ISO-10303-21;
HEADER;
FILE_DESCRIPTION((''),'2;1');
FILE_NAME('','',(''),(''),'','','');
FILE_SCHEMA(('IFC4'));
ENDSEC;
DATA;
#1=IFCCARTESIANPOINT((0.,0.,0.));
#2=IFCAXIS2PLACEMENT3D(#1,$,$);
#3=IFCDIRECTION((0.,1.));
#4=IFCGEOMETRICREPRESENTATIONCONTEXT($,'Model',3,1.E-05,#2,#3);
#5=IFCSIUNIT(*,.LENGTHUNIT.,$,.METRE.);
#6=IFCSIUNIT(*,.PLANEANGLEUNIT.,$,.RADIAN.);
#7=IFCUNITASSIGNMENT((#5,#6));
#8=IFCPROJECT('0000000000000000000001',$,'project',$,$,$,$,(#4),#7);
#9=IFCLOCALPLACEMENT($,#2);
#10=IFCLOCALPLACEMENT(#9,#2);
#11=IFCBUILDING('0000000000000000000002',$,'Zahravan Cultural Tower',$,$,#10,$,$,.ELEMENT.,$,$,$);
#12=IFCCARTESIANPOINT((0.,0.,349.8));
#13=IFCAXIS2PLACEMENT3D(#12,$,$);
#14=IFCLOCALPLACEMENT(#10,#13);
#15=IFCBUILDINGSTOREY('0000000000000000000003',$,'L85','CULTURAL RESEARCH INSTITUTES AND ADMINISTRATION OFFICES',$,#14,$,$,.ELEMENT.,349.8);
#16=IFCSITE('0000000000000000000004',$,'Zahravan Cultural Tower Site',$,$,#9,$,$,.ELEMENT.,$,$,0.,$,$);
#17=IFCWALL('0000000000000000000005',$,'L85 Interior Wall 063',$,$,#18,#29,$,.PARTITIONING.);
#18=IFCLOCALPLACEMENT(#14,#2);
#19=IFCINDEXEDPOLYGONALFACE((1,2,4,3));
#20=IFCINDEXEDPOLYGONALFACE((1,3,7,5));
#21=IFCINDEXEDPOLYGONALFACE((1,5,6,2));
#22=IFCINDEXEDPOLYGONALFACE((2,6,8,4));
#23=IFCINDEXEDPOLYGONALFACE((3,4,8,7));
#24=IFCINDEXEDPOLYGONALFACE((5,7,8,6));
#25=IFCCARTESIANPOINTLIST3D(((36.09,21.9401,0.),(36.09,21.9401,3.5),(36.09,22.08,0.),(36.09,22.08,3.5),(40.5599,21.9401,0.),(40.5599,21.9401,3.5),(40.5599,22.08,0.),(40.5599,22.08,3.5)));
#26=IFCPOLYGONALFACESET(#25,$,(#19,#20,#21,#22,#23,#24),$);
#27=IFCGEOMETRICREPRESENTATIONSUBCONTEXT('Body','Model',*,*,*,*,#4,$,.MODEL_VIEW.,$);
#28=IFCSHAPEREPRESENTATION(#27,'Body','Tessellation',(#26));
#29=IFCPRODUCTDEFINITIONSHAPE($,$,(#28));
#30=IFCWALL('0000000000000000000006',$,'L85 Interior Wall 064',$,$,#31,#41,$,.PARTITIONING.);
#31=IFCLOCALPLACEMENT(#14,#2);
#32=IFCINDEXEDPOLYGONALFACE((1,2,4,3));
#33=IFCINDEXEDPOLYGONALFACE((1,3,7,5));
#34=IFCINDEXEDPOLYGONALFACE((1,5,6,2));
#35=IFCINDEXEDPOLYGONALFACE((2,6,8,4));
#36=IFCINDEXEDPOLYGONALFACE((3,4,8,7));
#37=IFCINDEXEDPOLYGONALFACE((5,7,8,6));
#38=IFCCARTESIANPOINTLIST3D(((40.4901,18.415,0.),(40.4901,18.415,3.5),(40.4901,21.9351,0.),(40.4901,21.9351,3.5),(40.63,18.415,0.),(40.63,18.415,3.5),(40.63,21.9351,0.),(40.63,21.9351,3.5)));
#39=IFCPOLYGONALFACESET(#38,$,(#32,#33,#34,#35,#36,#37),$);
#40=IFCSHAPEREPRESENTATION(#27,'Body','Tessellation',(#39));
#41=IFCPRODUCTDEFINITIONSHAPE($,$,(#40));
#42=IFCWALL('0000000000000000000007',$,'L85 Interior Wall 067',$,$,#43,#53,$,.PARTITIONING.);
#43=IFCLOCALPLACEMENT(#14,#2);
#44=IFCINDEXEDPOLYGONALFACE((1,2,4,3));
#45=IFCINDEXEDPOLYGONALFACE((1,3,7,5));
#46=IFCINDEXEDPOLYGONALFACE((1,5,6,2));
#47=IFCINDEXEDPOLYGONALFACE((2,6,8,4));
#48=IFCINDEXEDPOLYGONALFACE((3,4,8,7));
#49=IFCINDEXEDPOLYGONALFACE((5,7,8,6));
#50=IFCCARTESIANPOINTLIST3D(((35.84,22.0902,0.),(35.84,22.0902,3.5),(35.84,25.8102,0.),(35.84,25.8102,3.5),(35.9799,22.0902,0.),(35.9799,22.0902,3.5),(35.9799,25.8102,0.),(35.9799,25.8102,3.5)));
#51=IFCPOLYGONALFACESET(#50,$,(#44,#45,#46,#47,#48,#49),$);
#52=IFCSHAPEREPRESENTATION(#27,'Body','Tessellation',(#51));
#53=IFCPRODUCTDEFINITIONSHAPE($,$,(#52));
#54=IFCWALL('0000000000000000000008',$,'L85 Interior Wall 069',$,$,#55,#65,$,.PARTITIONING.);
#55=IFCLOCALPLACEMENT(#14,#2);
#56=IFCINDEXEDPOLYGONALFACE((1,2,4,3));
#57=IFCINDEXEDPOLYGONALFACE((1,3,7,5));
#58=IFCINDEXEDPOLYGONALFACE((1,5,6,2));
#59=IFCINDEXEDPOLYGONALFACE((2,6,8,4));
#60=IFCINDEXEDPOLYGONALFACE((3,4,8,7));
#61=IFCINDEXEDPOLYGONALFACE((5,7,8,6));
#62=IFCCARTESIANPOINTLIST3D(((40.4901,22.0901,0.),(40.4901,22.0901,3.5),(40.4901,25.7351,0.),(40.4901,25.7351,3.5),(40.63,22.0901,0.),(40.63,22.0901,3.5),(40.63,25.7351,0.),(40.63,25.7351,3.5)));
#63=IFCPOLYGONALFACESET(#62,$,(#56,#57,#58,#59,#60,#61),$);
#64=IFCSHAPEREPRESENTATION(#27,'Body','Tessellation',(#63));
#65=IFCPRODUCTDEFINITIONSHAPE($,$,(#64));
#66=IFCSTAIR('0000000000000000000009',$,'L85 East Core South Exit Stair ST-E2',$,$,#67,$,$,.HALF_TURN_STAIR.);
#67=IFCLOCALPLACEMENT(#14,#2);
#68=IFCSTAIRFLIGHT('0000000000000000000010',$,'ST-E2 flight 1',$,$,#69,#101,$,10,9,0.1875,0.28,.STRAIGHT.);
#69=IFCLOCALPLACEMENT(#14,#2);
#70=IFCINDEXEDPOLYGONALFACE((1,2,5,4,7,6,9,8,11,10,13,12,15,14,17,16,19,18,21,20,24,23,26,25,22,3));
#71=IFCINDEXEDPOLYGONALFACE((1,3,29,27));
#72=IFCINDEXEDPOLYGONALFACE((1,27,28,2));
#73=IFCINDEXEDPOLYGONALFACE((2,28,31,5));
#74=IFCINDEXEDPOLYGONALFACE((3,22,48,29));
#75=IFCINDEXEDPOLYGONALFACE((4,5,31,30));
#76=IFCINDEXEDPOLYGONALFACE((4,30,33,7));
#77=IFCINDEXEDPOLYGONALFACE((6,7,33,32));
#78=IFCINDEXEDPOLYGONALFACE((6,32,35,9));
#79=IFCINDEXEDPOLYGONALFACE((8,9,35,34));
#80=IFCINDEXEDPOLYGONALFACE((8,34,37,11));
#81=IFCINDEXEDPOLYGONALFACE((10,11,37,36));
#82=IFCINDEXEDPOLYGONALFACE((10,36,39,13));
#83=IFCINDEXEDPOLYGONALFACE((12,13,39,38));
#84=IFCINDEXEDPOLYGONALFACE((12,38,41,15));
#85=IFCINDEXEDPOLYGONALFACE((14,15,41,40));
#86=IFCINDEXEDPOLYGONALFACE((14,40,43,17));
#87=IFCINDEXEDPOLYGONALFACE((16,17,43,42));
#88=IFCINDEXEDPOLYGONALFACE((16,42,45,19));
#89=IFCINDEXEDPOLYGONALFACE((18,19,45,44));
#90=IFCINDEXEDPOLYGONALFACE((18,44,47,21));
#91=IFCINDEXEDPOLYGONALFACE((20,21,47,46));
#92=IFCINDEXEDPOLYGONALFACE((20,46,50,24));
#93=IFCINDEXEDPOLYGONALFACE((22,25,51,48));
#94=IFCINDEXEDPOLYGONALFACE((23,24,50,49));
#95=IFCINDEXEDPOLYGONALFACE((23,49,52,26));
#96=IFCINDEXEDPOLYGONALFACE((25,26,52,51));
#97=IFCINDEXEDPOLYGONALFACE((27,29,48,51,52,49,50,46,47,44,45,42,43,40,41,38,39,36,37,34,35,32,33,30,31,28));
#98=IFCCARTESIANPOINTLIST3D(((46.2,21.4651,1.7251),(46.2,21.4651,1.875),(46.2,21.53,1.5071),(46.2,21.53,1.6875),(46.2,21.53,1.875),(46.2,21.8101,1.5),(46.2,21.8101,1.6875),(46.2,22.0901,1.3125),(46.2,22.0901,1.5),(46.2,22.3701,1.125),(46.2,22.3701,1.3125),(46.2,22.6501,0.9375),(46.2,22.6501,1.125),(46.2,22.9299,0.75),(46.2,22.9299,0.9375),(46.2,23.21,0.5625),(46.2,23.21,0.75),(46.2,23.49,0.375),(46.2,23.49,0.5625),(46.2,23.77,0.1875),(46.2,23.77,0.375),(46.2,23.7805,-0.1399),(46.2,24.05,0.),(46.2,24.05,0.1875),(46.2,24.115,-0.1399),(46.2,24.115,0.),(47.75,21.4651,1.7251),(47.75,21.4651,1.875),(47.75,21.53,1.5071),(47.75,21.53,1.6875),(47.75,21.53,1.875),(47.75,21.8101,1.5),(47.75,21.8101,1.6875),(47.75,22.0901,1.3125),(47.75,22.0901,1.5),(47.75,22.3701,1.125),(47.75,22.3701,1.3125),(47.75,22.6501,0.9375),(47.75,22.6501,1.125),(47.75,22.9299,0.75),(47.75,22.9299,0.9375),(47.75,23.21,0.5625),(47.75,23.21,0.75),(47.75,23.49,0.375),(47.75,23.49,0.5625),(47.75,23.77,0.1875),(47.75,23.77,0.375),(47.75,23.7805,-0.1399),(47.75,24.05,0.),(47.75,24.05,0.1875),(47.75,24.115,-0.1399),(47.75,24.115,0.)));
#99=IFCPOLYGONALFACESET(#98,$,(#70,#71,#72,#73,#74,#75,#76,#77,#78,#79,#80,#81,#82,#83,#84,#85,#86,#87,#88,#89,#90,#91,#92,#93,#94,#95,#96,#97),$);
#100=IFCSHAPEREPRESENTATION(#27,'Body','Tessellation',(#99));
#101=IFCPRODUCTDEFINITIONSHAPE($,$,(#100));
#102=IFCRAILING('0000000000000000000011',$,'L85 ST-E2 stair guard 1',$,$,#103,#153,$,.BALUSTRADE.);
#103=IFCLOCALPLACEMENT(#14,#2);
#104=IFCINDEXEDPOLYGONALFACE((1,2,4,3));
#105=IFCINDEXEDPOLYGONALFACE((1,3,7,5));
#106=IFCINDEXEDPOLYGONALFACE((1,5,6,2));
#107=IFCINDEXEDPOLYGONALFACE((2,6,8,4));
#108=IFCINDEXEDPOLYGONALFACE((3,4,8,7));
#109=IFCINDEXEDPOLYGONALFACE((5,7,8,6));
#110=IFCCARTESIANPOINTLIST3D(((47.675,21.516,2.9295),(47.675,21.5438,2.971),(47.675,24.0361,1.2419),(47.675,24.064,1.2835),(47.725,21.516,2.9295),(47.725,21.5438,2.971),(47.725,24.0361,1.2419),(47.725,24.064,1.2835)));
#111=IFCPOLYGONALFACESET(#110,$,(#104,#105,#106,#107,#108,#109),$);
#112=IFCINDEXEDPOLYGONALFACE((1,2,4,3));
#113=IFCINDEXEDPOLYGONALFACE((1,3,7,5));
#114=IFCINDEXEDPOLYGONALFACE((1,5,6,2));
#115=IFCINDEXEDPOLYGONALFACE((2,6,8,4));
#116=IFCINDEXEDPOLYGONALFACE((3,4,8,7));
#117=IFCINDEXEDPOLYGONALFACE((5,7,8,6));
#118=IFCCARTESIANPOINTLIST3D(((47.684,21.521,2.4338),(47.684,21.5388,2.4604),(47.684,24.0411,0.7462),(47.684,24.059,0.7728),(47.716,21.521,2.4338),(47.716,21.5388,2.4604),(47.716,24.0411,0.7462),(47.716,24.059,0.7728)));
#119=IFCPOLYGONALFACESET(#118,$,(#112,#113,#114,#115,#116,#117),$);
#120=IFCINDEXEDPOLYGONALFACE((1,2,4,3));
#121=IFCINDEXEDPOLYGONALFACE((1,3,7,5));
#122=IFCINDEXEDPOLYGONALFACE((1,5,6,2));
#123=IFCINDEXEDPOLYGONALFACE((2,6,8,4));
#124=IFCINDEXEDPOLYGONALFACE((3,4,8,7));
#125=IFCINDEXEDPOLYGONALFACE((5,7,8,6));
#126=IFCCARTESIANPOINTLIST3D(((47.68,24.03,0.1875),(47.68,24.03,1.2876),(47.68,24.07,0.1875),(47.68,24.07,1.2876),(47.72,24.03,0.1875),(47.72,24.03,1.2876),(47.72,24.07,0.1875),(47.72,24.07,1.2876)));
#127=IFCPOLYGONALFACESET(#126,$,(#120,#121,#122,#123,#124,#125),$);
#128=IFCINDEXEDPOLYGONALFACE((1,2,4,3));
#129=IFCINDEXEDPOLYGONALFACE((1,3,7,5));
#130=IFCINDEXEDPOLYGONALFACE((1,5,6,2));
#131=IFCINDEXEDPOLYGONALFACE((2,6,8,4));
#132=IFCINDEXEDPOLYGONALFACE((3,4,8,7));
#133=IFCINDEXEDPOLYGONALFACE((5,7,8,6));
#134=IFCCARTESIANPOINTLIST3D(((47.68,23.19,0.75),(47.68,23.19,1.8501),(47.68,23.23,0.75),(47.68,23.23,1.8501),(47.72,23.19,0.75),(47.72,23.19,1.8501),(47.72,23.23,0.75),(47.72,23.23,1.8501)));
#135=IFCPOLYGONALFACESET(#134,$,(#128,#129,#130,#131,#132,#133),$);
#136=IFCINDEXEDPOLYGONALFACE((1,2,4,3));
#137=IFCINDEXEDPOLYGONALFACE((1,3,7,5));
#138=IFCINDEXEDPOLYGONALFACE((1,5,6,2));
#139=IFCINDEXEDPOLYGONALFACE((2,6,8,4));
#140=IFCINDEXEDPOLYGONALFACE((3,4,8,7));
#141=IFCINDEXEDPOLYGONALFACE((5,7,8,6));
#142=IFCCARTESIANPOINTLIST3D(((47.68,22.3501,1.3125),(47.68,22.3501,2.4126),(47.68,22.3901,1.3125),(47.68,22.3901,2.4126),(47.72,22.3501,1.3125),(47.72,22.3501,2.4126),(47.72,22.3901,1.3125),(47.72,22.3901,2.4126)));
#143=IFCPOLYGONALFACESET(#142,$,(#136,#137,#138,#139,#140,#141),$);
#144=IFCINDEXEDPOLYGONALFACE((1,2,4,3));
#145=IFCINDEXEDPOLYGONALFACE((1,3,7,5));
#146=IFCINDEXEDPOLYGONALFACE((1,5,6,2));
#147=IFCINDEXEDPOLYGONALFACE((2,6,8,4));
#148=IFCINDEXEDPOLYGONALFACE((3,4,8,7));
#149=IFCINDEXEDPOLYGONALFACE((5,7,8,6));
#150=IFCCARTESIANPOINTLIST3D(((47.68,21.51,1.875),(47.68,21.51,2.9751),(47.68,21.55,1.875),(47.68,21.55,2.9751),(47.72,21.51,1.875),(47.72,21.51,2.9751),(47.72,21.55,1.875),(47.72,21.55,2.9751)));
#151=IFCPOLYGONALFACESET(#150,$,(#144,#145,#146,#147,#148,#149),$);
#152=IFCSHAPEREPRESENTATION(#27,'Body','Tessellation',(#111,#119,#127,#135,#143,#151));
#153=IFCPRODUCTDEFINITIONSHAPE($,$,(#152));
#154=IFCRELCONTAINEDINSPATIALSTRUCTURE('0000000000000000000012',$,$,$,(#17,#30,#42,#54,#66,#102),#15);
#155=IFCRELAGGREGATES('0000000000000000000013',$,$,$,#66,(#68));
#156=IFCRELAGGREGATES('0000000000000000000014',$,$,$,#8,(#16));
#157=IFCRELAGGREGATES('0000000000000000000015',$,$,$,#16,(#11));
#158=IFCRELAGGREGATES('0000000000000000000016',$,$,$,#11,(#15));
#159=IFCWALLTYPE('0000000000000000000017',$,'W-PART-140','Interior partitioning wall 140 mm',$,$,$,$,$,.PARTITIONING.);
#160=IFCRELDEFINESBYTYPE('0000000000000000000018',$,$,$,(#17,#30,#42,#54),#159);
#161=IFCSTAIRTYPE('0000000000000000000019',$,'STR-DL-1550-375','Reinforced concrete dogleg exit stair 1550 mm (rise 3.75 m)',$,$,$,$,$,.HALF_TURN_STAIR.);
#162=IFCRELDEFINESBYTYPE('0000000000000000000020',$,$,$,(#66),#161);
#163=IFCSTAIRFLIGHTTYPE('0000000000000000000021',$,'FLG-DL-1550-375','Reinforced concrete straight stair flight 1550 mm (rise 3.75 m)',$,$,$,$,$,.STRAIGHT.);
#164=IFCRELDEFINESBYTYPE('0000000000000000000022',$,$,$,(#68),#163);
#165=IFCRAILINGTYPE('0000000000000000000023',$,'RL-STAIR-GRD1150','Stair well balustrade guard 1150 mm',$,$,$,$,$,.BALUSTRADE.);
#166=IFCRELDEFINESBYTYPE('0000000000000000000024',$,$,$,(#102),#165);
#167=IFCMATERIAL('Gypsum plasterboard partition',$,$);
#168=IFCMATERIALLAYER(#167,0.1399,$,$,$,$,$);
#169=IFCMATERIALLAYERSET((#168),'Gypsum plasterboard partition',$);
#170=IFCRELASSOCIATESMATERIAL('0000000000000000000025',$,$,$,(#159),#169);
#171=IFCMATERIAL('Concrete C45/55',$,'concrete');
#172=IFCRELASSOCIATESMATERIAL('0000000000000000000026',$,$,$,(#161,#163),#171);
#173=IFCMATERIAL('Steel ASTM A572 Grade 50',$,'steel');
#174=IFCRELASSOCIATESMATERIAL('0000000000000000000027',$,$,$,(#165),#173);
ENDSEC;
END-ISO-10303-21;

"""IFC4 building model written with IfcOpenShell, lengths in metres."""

from ifc_helpers import new_model, si_unit, direction, frame, frame_2d, origin, origin_2d, place, context, subcontext, project, spatial, polyline, rectangle, outline, extrude, source, transform, mapped, material, layer, layer_set, type_object, element, aggregate, save


model = new_model("IFC4")

# Units and contexts
model_context = context("Model", 3, precision=1e-05, world=origin(), true_north=direction((0.0, 1.0)))
body_context = subcontext(model_context, "Body", "Model", "MODEL_VIEW")
ifc_project = project(units=[si_unit("LENGTHUNIT", "METRE"), si_unit("PLANEANGLEUNIT", "RADIAN")], contexts=[model_context])

# Site, building, storey
site_placement = place(None, origin())
site = spatial("IfcSite", under=ifc_project, at=site_placement, Name="Zahravan Cultural Tower Site", CompositionType="ELEMENT", RefElevation=0.0)
building_placement = place(site_placement, origin())
building = spatial("IfcBuilding", under=site, at=building_placement, Name="Zahravan Cultural Tower", CompositionType="ELEMENT")
storey_placement = place(building_placement, frame((0.0, 0.0, 349.8)))
storey = spatial("IfcBuildingStorey", under=building, at=storey_placement, Name="L85", Description="CULTURAL RESEARCH INSTITUTES AND ADMINISTRATION OFFICES", CompositionType="ELEMENT", Elevation=349.8)

# Shared definitions
ifc_material_1 = material(Name="Steel ASTM A572 Grade 50", Category="steel")
ifc_material_2 = material(Name="Gypsum plasterboard partition")
ifc_layer_1 = layer(ifc_material_2, 0.1399)
ifc_layer_set_1 = layer_set([ifc_layer_1], Name="Gypsum plasterboard partition")
wall_type_1 = type_object("IfcWallType", Name="W-PART-140", Description="Interior partitioning wall 140 mm", PredefinedType="PARTITIONING", material=ifc_layer_set_1)

# Walls
ifc_material_3 = material(Name="Concrete C45/55", Category="concrete")
shared_shape_1 = source(origin(), body_context, "Body", "SweptSolid", [
    extrude(rectangle(XDim=4.47, YDim=0.1399, at=frame_2d((2.2349, 0.0))), origin(), (0.0, 0.0, 1.0), 3.5),
])
wall_1_placement = place(storey_placement, frame((36.0901, 22.01, 0.0), z_axis=(0.0, 0.0, 1.0), x_axis=(1.0, 0.0, 0.0)))
element("IfcWall", 1, at=wall_1_placement, inside=storey, type_object=wall_type_1, Name="L85 Interior Wall 063", PredefinedType="PARTITIONING", context=body_context, shape_type="MappedRepresentation", body=[
    mapped(shared_shape_1, transform((0.0, 0.0, 0.0), x_axis=(1.0, 0.0, 0.0), y_axis=(0.0, 1.0, 0.0), z_axis=(0.0, 0.0, 1.0), scale=1.0)),
])
shared_shape_2 = source(origin(), body_context, "Body", "SweptSolid", [
    extrude(rectangle(XDim=3.52, YDim=0.1399, at=frame_2d((1.76, 0.0))), origin(), (0.0, 0.0, 1.0), 3.5),
])
wall_2_placement = place(storey_placement, frame((40.5601, 21.9351, 0.0), z_axis=(0.0, 0.0, 1.0), x_axis=(0.0, -1.0, 0.0)))
element("IfcWall", 2, at=wall_2_placement, inside=storey, type_object=wall_type_1, Name="L85 Interior Wall 064", PredefinedType="PARTITIONING", context=body_context, shape_type="MappedRepresentation", body=[
    mapped(shared_shape_2, transform((0.0, 0.0, 0.0), x_axis=(1.0, 0.0, 0.0), y_axis=(0.0, 1.0, 0.0), z_axis=(0.0, 0.0, 1.0), scale=1.0)),
])
shared_shape_3 = source(origin(), body_context, "Body", "SweptSolid", [
    extrude(rectangle(XDim=3.72, YDim=0.1399, at=frame_2d((1.8599, 0.0))), origin(), (0.0, 0.0, 1.0), 3.5),
])
wall_3_placement = place(storey_placement, frame((35.9099, 25.8101, 0.0), z_axis=(0.0, 0.0, 1.0), x_axis=(0.0, -1.0, 0.0)))
element("IfcWall", 3, at=wall_3_placement, inside=storey, type_object=wall_type_1, Name="L85 Interior Wall 067", PredefinedType="PARTITIONING", context=body_context, shape_type="MappedRepresentation", body=[
    mapped(shared_shape_3, transform((0.0, 0.0, 0.0), x_axis=(1.0, 0.0, 0.0), y_axis=(0.0, 1.0, 0.0), z_axis=(0.0, 0.0, 1.0), scale=1.0)),
])
shared_shape_4 = source(origin(), body_context, "Body", "SweptSolid", [
    extrude(rectangle(XDim=3.645, YDim=0.1399, at=frame_2d((1.8225, 0.0))), origin(), (0.0, 0.0, 1.0), 3.5),
])
wall_4_placement = place(storey_placement, frame((40.5601, 25.7351, 0.0), z_axis=(0.0, 0.0, 1.0), x_axis=(0.0, -1.0, 0.0)))
element("IfcWall", 4, at=wall_4_placement, inside=storey, type_object=wall_type_1, Name="L85 Interior Wall 069", PredefinedType="PARTITIONING", context=body_context, shape_type="MappedRepresentation", body=[
    mapped(shared_shape_4, transform((0.0, 0.0, 0.0), x_axis=(1.0, 0.0, 0.0), y_axis=(0.0, 1.0, 0.0), z_axis=(0.0, 0.0, 1.0), scale=1.0)),
])

# Stair, stair flight
stair_type = type_object("IfcStairType", Name="STR-DL-1550-375", Description="Reinforced concrete dogleg exit stair 1550 mm (rise 3.75 m)", PredefinedType="HALF_TURN_STAIR", material=ifc_material_3)
stair_placement = place(storey_placement, origin())
stair = element("IfcStair", 5, at=stair_placement, inside=storey, type_object=stair_type, Name="L85 East Core South Exit Stair ST-E2", PredefinedType="HALF_TURN_STAIR")
stair_flight_type = type_object("IfcStairFlightType", Name="FLG-DL-1550-375", Description="Reinforced concrete straight stair flight 1550 mm (rise 3.75 m)", PredefinedType="STRAIGHT", material=ifc_material_3)
stair_flight_placement = place(storey_placement, frame((46.9751, 24.05, 0.0), z_axis=(0.0, 0.0, 1.0), x_axis=(0.0, -1.0, 0.0)))
stair_flight = element("IfcStairFlight", 6, at=stair_flight_placement, type_object=stair_flight_type, Name="ST-E2 flight 1", NumberOfRisers=10, NumberOfTreads=9, PredefinedType="STRAIGHT", RiserHeight=0.1875, TreadLength=0.28, context=body_context, shape_type="SweptSolid", body=[
    extrude(outline(polyline([(-0.0649, -0.1399), (-0.0649, 0.0), (0.0, 0.0), (0.0, 0.1875), (0.28, 0.1875), (0.28, 0.375), (0.5601, 0.375), (0.5601, 0.5625), (0.8401, 0.5625), (0.8401, 0.75), (1.1201, 0.75), (1.1201, 0.9375), (1.3999, 0.9375), (1.3999, 1.125), (1.6799, 1.125), (1.6799, 1.3125), (1.96, 1.3125), (1.96, 1.5), (2.24, 1.5), (2.24, 1.6875), (2.52, 1.6875), (2.52, 1.875), (2.585, 1.875), (2.585, 1.7251), (2.52, 1.5071), (0.2695, -0.1399), (-0.0649, -0.1399)])), frame((0.0, 0.7749, 0.0), z_axis=(0.0, -1.0, 0.0), x_axis=(1.0, 0.0, 0.0)), (0.0, 0.0, 1.0), 1.55),
])
aggregate(stair, [stair_flight])

# Railing
railing_type_1 = type_object("IfcRailingType", Name="RL-STAIR-GRD1150", Description="Stair well balustrade guard 1150 mm", PredefinedType="BALUSTRADE", material=ifc_material_1)
railing_1_placement = place(storey_placement, frame((47.7, 24.05, 0.1875)))
element("IfcRailing", 7, at=railing_1_placement, inside=storey, type_object=railing_type_1, Name="L85 ST-E2 stair guard 1", PredefinedType="BALUSTRADE", context=body_context, shape_type="SweptSolid", body=[
    extrude(rectangle(XDim=0.05, YDim=0.05, at=origin_2d()), frame((0.0, 0.0, 1.0752), z_axis=(0.0, -0.830909, 0.556408), x_axis=(1.0, 0.0, 0.0)), (0.0, 0.0, 1.0), 3.033),
    extrude(rectangle(XDim=0.032, YDim=0.032, at=origin_2d()), frame((0.0, 0.0, 0.572), z_axis=(0.0, -0.830909, 0.556408), x_axis=(1.0, 0.0, 0.0)), (0.0, 0.0, 1.0), 3.033),
    extrude(rectangle(XDim=0.04, YDim=0.04, at=origin_2d()), origin(), (0.0, 0.0, 1.0), 1.1001),
    extrude(rectangle(XDim=0.04, YDim=0.04, at=origin_2d()), frame((0.0, -0.8401, 0.5625)), (0.0, 0.0, 1.0), 1.1001),
    extrude(rectangle(XDim=0.04, YDim=0.04, at=origin_2d()), frame((0.0, -1.6799, 1.125)), (0.0, 0.0, 1.0), 1.1001),
    extrude(rectangle(XDim=0.04, YDim=0.04, at=origin_2d()), frame((0.0, -2.52, 1.6875)), (0.0, 0.0, 1.0), 1.1001),
])

save(model, "model.ifc")
